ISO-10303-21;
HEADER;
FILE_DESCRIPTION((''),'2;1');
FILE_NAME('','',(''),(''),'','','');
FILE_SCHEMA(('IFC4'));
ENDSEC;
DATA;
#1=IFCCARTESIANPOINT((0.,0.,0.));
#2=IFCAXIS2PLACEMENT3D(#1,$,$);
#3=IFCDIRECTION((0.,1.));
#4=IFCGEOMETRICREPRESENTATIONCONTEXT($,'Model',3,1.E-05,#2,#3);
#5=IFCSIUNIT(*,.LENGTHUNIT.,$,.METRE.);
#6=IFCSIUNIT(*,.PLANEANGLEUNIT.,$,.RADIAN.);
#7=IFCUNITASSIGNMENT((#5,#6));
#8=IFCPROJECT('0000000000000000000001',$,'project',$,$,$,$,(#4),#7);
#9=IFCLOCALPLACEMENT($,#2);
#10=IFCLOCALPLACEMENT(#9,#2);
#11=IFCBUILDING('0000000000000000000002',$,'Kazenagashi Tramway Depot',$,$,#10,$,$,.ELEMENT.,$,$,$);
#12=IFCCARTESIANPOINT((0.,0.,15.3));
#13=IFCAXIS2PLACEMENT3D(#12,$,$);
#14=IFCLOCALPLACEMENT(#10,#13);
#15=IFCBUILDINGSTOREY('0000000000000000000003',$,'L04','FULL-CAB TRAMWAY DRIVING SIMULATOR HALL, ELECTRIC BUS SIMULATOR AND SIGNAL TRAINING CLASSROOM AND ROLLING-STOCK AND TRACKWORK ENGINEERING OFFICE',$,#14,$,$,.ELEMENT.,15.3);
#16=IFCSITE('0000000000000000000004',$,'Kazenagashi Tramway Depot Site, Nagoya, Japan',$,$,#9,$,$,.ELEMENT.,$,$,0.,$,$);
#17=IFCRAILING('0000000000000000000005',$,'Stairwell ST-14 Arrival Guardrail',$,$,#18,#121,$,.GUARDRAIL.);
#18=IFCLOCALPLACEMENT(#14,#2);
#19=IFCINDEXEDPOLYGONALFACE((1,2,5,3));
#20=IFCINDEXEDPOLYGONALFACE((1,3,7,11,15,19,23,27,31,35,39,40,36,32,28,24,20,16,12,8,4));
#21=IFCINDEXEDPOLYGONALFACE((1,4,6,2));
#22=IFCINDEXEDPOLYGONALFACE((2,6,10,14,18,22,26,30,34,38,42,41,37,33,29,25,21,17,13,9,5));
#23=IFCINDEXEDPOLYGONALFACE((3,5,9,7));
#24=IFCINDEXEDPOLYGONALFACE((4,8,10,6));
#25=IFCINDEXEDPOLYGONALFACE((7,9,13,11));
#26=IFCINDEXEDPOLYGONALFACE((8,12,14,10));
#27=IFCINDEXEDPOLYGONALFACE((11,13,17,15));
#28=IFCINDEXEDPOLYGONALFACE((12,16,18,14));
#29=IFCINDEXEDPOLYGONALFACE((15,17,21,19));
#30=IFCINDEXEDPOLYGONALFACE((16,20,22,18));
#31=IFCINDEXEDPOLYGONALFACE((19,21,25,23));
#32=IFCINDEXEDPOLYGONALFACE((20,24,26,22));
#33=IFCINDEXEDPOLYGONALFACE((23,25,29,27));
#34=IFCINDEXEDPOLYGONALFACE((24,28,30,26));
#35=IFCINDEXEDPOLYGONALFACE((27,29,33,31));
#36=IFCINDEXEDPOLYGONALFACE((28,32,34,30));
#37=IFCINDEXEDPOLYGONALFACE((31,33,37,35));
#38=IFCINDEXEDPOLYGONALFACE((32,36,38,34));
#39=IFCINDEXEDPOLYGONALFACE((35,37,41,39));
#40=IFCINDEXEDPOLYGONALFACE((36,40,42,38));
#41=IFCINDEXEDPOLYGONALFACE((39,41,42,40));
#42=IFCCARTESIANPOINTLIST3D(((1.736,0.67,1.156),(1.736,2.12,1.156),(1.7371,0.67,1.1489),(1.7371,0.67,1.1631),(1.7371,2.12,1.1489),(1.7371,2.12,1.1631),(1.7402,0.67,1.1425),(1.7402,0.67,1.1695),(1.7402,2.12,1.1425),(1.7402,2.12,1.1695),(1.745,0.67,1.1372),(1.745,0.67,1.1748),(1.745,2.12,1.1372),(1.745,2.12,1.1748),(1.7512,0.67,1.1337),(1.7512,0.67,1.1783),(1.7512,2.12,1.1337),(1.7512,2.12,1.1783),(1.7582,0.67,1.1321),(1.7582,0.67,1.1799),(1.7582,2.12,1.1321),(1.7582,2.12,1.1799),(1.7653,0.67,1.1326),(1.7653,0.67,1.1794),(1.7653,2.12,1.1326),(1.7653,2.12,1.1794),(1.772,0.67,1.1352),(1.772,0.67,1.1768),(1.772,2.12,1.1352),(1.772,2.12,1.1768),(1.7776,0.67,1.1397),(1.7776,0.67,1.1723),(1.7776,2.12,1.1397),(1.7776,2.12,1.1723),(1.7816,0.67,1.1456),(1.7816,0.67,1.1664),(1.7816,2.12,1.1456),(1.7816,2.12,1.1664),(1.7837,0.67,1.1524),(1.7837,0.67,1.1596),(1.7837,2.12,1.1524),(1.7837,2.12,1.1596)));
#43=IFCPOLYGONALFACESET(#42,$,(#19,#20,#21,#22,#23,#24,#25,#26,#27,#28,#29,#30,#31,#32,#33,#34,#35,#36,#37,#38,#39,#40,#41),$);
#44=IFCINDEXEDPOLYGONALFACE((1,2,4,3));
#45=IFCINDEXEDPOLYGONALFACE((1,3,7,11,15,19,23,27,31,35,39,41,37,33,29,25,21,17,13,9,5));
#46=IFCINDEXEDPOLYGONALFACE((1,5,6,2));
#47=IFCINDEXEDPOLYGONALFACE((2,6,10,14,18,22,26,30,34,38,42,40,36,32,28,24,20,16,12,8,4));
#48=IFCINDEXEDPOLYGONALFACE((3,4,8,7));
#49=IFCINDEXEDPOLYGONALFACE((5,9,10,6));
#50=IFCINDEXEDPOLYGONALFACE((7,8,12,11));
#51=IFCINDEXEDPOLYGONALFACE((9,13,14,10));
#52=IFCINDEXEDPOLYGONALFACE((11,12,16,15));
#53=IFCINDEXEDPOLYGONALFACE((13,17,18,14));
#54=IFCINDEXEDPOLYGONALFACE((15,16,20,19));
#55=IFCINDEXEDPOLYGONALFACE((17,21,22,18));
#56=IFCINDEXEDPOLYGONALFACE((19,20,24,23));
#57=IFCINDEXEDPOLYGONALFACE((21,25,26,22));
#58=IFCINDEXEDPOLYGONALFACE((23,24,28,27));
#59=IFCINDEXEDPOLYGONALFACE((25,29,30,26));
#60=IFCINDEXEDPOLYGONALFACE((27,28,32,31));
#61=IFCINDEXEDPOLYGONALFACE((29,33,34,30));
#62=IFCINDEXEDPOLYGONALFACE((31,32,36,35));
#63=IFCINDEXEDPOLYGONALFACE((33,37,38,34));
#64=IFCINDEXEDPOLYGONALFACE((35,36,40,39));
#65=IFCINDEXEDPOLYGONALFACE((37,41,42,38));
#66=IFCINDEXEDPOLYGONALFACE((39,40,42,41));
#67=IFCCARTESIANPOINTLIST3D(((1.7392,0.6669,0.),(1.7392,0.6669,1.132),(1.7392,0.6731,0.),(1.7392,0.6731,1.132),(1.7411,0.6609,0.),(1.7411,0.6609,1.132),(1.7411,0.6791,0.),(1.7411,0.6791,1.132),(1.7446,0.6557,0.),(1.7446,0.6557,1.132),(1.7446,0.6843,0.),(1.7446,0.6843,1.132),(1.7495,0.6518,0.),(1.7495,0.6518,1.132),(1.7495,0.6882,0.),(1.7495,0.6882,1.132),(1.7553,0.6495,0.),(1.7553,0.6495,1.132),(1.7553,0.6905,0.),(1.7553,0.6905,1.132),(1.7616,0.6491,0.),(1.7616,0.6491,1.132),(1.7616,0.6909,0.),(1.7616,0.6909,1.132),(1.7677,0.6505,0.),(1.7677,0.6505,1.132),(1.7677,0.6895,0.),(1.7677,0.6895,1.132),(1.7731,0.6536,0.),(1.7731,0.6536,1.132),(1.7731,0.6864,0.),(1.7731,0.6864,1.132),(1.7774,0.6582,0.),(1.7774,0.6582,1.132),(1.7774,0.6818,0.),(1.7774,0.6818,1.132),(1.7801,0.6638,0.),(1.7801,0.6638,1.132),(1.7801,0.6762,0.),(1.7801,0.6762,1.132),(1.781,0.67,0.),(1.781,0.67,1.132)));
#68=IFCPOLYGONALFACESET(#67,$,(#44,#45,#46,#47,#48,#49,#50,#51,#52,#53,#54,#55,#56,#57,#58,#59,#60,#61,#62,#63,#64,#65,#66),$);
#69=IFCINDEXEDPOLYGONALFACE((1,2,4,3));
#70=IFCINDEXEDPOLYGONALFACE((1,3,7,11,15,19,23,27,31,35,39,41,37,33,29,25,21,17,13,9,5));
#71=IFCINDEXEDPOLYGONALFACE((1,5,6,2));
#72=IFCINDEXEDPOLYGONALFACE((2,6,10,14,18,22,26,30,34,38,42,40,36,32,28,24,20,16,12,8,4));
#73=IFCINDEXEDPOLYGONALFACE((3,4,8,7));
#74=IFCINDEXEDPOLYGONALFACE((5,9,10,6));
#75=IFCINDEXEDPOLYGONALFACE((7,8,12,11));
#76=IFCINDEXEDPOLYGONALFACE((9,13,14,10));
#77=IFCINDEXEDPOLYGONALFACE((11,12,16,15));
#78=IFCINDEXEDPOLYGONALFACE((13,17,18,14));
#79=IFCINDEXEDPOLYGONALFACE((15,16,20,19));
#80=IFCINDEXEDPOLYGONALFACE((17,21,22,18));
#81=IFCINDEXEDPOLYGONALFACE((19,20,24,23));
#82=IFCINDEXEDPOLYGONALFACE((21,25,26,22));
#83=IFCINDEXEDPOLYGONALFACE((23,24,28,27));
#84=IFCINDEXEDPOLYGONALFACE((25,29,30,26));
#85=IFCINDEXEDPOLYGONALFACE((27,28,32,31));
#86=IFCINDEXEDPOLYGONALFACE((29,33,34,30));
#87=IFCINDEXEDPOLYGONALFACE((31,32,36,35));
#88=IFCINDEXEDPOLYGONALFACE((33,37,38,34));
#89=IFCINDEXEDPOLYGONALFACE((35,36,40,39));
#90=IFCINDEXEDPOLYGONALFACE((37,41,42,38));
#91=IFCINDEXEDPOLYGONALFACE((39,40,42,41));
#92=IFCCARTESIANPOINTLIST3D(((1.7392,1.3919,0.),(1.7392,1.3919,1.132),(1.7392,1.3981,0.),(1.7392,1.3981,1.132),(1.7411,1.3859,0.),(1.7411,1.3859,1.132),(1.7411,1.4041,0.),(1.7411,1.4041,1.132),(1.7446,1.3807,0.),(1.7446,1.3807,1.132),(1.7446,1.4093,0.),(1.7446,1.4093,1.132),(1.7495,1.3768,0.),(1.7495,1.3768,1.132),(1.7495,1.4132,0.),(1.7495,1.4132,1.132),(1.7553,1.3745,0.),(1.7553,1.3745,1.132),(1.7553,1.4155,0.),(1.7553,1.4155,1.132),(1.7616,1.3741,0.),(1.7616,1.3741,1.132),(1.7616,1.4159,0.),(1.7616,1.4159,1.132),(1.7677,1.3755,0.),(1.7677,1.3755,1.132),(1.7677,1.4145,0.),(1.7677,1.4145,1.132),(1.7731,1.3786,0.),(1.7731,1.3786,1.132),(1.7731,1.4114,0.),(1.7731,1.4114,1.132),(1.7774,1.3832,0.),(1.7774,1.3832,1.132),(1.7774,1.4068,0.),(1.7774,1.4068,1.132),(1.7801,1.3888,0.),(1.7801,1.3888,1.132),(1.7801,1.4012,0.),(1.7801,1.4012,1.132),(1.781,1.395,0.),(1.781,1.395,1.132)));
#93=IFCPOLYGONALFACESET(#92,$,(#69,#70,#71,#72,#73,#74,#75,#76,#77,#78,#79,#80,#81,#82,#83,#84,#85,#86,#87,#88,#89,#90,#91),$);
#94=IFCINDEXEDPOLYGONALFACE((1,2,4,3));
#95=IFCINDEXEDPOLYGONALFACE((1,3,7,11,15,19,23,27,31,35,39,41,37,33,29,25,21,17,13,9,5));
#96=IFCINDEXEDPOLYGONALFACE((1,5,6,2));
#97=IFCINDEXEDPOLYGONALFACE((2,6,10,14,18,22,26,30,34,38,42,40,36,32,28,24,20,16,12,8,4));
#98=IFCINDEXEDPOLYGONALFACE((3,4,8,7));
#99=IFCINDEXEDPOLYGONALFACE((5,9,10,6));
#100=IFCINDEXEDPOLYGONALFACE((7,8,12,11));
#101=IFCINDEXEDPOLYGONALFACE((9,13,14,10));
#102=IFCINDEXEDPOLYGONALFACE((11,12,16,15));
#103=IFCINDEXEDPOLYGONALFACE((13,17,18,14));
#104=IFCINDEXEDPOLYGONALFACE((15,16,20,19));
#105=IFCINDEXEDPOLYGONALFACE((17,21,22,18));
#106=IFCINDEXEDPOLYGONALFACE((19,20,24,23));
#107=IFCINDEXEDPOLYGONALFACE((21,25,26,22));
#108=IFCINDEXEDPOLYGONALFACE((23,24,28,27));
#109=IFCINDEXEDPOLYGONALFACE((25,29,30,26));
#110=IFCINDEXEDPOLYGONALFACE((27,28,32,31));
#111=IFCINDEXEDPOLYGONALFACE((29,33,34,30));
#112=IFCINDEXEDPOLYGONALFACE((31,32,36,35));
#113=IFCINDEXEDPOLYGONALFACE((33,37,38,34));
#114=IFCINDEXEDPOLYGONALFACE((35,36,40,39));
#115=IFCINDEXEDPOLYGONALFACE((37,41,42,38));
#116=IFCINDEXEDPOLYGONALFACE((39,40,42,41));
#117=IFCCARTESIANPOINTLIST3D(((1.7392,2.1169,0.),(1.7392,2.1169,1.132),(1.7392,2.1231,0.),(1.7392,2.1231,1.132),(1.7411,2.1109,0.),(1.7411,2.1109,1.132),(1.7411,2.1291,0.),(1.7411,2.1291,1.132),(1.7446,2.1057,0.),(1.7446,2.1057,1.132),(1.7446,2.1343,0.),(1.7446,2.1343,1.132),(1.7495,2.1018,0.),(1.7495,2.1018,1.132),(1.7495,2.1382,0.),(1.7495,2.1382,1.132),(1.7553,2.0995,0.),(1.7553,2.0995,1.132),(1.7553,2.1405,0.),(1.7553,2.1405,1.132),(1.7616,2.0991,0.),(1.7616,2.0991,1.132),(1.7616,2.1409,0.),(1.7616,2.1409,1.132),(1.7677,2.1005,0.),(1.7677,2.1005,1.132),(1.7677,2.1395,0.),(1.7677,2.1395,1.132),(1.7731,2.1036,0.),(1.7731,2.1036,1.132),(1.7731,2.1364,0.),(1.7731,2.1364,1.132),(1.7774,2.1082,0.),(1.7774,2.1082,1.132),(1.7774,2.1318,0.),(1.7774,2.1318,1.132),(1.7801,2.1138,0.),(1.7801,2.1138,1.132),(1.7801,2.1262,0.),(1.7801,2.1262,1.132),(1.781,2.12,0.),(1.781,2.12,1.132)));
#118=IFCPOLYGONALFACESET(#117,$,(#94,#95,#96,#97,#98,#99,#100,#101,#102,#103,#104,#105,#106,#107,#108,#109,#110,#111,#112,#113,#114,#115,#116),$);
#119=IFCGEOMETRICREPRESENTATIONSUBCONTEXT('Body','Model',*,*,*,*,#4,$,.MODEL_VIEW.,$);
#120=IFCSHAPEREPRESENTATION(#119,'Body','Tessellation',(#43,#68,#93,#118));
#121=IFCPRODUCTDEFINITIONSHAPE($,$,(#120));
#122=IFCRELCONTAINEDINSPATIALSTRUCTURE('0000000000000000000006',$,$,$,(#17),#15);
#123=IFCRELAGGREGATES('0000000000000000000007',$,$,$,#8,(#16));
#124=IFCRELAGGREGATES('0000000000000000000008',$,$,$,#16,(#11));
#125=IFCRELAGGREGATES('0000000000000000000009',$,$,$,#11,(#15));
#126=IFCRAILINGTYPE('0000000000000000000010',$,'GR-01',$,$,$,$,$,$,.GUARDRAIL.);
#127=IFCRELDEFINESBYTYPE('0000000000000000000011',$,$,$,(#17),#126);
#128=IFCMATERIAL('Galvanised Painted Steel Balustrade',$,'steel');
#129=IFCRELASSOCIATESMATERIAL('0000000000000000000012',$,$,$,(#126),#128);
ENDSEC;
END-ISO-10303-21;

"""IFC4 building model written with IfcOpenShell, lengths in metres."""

from ifc_helpers import new_model, si_unit, direction, frame, origin, origin_2d, place, context, subcontext, project, spatial, circle, extrude, material, type_object, element, save


model = new_model("IFC4")

# Units and contexts
model_context = context("Model", 3, precision=1e-05, world=origin(), true_north=direction((0.0, 1.0)))
body_context = subcontext(model_context, "Body", "Model", "MODEL_VIEW")
ifc_project = project(units=[si_unit("LENGTHUNIT", "METRE"), si_unit("PLANEANGLEUNIT", "RADIAN")], contexts=[model_context])

# Site, building, storey
site_placement = place(None, origin())
site = spatial("IfcSite", under=ifc_project, at=site_placement, Name="Kazenagashi Tramway Depot Site, Nagoya, Japan", CompositionType="ELEMENT", RefElevation=0.0)
building_placement = place(site_placement, origin())
building = spatial("IfcBuilding", under=site, at=building_placement, Name="Kazenagashi Tramway Depot", CompositionType="ELEMENT")
storey_placement = place(building_placement, frame((0.0, 0.0, 15.3)))
storey = spatial("IfcBuildingStorey", under=building, at=storey_placement, Name="L04", Description="FULL-CAB TRAMWAY DRIVING SIMULATOR HALL, ELECTRIC BUS SIMULATOR AND SIGNAL TRAINING CLASSROOM AND ROLLING-STOCK AND TRACKWORK ENGINEERING OFFICE", CompositionType="ELEMENT", Elevation=15.3)

# Railing
ifc_material_1 = material(Name="Galvanised Painted Steel Balustrade", Category="steel")
railing_type_1 = type_object("IfcRailingType", Name="GR-01", PredefinedType="GUARDRAIL", material=ifc_material_1)
railing_1_placement = place(storey_placement, frame((1.76, 0.67, 0.0)))
element("IfcRailing", 1, at=railing_1_placement, inside=storey, type_object=railing_type_1, Name="Stairwell ST-14 Arrival Guardrail", PredefinedType="GUARDRAIL", context=body_context, shape_type="SweptSolid", body=[
    extrude(circle(Radius=0.024, at=origin_2d()), frame((0.0, 0.0, 1.156), z_axis=(0.0, 1.0, 0.0), x_axis=(-1.0, 0.0, 0.0)), (0.0, 0.0, 1.0), 1.45),
    extrude(circle(Radius=0.021, at=origin_2d()), origin(), (0.0, 0.0, 1.0), 1.132),
    extrude(circle(Radius=0.021, at=origin_2d()), frame((0.0, 0.725, 0.0)), (0.0, 0.0, 1.0), 1.132),
    extrude(circle(Radius=0.021, at=origin_2d()), frame((0.0, 1.45, 0.0)), (0.0, 0.0, 1.0), 1.132),
])

save(model, "model.ifc")
